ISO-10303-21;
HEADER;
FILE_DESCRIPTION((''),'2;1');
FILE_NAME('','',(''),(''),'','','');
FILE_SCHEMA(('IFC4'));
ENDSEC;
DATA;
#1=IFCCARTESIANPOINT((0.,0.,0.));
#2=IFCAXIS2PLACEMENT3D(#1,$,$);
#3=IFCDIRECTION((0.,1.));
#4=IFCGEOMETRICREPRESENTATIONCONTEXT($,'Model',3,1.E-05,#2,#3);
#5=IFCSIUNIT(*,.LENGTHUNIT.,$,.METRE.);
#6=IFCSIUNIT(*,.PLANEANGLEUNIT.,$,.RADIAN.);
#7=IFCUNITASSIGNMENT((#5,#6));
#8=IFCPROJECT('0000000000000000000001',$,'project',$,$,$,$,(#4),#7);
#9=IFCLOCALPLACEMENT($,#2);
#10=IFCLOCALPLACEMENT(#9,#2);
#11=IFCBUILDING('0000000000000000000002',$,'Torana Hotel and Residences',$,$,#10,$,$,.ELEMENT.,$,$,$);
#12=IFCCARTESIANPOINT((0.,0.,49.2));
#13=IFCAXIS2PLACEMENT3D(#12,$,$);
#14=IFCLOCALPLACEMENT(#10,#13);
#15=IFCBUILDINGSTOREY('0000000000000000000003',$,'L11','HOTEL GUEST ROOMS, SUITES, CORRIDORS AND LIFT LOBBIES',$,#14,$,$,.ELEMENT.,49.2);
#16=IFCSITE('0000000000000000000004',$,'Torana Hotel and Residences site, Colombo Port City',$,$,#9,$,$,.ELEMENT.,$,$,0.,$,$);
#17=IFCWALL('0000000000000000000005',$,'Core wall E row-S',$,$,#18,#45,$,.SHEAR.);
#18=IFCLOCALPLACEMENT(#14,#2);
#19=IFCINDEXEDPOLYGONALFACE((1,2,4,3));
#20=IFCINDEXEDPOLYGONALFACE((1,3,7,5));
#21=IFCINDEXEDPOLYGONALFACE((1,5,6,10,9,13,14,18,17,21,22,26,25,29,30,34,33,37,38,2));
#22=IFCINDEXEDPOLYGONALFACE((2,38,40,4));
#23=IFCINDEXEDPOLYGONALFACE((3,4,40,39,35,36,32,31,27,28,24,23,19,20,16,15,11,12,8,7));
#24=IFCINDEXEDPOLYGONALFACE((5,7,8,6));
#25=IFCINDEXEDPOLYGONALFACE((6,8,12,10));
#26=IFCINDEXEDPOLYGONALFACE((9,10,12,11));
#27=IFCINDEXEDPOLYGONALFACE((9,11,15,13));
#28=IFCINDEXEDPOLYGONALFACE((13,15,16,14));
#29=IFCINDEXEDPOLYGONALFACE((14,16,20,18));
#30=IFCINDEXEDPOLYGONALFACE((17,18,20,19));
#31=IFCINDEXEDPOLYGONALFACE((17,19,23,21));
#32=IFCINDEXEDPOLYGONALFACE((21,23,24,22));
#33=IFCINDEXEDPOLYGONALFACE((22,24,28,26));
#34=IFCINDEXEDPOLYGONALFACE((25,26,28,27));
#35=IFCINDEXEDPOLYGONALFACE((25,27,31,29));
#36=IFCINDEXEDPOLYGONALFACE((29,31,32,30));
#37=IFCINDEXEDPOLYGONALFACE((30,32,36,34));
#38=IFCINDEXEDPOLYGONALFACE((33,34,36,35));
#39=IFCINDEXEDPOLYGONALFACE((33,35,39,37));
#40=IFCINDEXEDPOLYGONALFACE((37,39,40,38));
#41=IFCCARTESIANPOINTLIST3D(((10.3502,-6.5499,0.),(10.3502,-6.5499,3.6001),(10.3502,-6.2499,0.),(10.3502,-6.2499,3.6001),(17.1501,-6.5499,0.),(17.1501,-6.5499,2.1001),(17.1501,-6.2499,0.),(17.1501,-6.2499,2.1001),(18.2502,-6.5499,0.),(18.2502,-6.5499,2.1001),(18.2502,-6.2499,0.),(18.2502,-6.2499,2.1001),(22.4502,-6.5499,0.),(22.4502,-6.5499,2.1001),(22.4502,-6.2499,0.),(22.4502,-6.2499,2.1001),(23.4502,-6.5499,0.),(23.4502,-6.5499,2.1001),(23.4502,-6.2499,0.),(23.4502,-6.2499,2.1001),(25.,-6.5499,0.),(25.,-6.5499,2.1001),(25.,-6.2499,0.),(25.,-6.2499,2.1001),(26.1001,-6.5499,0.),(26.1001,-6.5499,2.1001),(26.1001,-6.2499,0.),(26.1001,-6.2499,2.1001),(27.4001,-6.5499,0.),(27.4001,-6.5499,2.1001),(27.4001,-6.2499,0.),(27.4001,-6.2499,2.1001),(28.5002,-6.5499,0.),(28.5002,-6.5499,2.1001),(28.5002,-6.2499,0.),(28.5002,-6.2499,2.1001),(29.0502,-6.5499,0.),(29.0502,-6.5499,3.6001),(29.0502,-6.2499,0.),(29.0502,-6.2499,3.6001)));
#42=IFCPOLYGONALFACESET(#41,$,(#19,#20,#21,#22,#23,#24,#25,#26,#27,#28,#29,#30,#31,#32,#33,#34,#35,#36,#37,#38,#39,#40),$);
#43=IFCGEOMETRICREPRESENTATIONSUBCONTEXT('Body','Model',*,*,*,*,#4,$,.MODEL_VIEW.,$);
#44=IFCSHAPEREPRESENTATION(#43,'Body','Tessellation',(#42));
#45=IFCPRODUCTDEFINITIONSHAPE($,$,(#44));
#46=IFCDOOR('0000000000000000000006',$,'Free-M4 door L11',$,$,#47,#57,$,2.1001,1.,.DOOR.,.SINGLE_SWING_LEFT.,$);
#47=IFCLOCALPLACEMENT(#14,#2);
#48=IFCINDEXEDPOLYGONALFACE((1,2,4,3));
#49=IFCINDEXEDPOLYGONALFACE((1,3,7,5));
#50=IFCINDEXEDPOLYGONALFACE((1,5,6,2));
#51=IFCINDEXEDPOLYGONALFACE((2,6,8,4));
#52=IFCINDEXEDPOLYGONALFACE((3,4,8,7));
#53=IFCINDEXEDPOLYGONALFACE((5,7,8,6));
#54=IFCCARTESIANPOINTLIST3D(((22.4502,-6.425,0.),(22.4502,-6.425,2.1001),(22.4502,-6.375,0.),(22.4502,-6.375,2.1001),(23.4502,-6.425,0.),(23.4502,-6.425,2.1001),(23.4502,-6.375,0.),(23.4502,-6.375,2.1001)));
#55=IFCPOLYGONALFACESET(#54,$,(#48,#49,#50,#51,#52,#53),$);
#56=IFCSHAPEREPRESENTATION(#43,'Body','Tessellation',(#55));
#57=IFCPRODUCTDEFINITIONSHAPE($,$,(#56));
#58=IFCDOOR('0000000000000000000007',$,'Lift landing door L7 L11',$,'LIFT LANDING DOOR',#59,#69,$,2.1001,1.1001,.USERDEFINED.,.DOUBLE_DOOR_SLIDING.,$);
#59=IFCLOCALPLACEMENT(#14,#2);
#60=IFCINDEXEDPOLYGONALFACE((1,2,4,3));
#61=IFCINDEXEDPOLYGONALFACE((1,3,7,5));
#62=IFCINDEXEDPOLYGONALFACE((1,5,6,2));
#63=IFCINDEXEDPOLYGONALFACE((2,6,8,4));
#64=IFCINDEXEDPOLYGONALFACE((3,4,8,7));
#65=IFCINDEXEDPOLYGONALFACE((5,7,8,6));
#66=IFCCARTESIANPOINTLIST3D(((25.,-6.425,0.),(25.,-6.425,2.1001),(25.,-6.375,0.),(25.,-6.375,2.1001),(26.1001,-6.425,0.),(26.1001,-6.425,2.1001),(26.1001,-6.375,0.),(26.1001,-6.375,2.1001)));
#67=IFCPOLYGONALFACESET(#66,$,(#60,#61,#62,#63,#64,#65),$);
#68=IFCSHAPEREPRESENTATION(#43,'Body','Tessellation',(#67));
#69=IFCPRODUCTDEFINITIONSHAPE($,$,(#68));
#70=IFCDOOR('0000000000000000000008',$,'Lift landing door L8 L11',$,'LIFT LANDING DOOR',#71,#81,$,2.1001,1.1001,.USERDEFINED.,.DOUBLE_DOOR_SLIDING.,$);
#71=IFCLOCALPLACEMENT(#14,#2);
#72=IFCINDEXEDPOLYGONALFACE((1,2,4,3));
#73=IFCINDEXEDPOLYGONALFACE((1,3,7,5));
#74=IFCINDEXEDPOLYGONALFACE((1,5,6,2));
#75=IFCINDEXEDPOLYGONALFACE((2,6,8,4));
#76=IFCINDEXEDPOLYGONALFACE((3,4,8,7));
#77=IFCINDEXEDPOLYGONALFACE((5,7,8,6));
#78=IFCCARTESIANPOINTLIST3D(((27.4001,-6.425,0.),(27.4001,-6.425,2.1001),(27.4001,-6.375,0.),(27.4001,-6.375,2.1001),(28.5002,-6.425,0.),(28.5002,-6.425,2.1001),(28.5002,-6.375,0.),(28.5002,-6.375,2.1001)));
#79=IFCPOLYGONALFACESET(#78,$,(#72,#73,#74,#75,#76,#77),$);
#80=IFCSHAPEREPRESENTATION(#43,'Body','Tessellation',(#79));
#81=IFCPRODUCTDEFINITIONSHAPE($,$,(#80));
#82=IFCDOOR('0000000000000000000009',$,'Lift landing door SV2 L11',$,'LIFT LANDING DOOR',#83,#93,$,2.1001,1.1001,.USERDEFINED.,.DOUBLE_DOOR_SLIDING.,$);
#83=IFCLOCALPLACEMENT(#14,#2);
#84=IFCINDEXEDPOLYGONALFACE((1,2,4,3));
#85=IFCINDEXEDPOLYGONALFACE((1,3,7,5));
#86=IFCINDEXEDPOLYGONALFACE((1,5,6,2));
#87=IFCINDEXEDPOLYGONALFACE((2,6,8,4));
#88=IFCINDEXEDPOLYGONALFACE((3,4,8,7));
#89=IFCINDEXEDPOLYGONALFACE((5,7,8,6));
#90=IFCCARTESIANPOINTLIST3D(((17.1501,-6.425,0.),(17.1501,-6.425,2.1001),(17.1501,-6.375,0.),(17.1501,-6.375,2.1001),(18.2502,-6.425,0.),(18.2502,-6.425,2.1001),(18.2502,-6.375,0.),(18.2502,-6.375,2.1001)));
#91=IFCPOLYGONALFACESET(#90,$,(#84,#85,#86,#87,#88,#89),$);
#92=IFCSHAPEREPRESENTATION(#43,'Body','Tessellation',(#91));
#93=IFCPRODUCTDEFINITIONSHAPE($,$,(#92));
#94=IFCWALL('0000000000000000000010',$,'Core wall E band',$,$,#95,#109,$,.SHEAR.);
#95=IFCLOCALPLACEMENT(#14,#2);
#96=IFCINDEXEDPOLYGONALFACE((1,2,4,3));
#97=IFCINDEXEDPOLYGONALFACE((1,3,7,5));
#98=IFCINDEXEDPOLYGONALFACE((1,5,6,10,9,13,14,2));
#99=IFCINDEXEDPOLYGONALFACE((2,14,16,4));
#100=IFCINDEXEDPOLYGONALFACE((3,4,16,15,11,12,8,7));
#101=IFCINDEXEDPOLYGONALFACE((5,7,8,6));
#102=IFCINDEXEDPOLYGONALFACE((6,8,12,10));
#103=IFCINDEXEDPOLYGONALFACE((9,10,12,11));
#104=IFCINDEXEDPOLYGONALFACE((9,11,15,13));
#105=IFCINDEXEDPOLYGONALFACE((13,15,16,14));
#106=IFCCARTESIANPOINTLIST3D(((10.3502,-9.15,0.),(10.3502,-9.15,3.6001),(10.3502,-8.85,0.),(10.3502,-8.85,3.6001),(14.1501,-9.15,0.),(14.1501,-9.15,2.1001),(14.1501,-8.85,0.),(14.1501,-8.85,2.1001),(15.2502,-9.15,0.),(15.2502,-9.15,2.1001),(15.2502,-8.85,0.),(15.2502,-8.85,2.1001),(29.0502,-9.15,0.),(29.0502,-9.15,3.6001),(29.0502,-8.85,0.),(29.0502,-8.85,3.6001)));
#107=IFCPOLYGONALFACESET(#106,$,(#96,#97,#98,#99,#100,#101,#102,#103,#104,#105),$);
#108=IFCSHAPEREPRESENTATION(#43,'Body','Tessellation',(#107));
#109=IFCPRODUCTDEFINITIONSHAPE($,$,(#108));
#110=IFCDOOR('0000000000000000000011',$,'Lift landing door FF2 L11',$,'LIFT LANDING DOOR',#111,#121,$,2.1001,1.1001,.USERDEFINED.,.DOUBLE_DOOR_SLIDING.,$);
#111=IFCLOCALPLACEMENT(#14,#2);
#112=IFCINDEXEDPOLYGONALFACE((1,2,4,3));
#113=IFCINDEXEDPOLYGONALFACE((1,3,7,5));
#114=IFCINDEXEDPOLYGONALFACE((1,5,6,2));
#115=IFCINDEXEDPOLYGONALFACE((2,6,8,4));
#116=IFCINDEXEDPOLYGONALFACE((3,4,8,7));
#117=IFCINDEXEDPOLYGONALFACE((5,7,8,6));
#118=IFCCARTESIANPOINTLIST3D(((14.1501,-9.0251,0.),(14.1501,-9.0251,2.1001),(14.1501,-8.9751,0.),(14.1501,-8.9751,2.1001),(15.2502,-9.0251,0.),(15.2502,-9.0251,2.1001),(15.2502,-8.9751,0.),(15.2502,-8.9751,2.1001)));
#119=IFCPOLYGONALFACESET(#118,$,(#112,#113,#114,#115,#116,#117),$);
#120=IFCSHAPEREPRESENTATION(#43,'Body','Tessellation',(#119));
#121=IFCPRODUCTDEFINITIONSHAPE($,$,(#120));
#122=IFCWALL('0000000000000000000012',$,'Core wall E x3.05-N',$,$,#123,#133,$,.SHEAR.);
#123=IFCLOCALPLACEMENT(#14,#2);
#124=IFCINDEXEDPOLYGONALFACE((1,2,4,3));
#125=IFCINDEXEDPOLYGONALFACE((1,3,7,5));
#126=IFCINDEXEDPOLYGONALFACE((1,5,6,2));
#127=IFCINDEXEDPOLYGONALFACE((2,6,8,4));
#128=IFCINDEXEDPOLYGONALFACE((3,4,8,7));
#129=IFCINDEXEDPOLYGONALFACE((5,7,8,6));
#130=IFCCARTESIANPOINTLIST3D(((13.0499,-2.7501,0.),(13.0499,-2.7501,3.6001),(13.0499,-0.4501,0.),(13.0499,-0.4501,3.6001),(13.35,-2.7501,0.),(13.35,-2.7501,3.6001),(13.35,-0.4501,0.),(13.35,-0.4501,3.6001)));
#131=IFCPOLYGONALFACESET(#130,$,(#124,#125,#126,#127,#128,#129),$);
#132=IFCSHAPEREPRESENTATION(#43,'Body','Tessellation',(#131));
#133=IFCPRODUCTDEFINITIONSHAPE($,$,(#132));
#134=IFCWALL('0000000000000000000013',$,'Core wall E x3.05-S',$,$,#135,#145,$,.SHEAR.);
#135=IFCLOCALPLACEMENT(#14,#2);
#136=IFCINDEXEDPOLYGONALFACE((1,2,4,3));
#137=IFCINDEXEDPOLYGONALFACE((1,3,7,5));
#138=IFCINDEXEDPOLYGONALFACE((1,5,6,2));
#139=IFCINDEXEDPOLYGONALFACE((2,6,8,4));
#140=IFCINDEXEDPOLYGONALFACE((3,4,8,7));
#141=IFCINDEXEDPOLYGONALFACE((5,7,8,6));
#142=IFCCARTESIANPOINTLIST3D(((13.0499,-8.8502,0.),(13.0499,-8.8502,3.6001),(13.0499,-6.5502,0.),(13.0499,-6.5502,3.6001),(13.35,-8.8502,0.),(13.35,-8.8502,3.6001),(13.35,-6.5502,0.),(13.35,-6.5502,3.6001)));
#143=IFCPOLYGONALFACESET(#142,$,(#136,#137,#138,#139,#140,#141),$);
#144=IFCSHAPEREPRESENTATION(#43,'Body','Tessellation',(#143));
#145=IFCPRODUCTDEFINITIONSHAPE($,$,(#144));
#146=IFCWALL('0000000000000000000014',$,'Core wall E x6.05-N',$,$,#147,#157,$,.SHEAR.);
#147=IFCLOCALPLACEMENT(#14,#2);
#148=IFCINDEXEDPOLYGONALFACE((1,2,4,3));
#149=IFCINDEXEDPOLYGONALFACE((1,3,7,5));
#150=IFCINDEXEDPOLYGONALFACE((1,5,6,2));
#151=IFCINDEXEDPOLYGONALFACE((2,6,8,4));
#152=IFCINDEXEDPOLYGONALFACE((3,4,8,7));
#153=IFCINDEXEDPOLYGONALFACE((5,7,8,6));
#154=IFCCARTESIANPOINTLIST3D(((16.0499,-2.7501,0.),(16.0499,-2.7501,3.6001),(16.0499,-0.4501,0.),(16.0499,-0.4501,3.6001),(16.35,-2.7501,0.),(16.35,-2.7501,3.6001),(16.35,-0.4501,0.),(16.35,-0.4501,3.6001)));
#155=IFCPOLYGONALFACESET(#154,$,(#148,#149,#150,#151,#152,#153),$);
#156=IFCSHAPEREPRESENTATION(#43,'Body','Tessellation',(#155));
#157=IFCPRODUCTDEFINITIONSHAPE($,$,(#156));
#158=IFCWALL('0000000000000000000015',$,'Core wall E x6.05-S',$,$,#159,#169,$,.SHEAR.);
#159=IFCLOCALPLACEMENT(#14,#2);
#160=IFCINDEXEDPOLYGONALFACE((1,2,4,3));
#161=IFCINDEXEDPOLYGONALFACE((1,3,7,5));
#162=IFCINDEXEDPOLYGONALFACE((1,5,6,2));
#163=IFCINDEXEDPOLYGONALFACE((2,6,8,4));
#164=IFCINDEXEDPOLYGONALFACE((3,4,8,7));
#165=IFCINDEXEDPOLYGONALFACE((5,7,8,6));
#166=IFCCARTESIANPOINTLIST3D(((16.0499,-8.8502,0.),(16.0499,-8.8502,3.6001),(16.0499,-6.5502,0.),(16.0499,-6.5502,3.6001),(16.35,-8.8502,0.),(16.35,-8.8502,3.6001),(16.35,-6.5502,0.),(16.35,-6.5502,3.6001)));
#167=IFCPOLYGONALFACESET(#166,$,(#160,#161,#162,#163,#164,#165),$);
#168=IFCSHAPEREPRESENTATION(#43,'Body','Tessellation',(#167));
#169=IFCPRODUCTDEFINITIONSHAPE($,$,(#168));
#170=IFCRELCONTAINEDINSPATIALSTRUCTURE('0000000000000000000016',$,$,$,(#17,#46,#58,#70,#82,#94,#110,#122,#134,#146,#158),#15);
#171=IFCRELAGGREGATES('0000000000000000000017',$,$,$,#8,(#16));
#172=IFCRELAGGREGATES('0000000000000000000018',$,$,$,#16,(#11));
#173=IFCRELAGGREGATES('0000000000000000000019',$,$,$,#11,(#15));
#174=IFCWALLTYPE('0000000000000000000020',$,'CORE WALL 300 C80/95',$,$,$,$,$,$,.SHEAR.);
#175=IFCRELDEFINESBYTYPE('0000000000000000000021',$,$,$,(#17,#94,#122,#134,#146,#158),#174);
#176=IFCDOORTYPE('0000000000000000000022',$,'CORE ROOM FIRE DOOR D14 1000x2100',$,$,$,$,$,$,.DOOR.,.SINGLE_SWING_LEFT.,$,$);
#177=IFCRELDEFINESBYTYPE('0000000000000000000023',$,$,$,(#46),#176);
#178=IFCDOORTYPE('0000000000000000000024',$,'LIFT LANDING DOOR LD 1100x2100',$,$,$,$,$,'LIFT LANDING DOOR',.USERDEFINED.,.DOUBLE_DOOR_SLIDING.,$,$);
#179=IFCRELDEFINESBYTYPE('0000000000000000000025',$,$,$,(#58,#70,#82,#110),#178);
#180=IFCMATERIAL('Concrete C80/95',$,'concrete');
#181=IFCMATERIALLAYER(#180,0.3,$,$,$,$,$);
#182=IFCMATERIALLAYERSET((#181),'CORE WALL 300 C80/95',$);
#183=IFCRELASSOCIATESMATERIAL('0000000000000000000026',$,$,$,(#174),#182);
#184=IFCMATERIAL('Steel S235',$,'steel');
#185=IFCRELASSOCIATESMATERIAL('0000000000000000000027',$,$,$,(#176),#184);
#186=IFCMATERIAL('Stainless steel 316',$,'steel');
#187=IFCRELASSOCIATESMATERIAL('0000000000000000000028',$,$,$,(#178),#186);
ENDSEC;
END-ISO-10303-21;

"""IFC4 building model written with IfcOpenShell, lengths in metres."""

from ifc_helpers import new_model, si_unit, direction, frame, frame_2d, origin, place, context, subcontext, project, spatial, rectangle, extrude, material, layer, layer_set, type_object, element, fill, save


model = new_model("IFC4")

# Units and contexts
model_context = context("Model", 3, precision=1e-05, world=origin(), true_north=direction((0.0, 1.0)))
body_context = subcontext(model_context, "Body", "Model", "MODEL_VIEW")
ifc_project = project(units=[si_unit("LENGTHUNIT", "METRE"), si_unit("PLANEANGLEUNIT", "RADIAN")], contexts=[model_context])

# Site, building, storey
site_placement = place(None, origin())
site = spatial("IfcSite", under=ifc_project, at=site_placement, Name="Torana Hotel and Residences site, Colombo Port City", CompositionType="ELEMENT", RefElevation=0.0)
building_placement = place(site_placement, origin())
building = spatial("IfcBuilding", under=site, at=building_placement, Name="Torana Hotel and Residences", CompositionType="ELEMENT")
storey_placement = place(building_placement, frame((0.0, 0.0, 49.2)))
storey = spatial("IfcBuildingStorey", under=building, at=storey_placement, Name="L11", Description="HOTEL GUEST ROOMS, SUITES, CORRIDORS AND LIFT LOBBIES", CompositionType="ELEMENT", Elevation=49.2)

# Wall, openings, doors
ifc_material_1 = material(Name="Concrete C80/95", Category="concrete")
ifc_layer_1 = layer(ifc_material_1, 0.3)
ifc_layer_set_1 = layer_set([ifc_layer_1], Name="CORE WALL 300 C80/95")
wall_type_1 = type_object("IfcWallType", Name="CORE WALL 300 C80/95", PredefinedType="SHEAR", material=ifc_layer_set_1)
ifc_material_2 = material(Name="Steel S235", Category="steel")
door_type_1 = type_object("IfcDoorType", Name="CORE ROOM FIRE DOOR D14 1000x2100", OperationType="SINGLE_SWING_LEFT", PredefinedType="DOOR", material=ifc_material_2)
ifc_material_3 = material(Name="Stainless steel 316", Category="steel")
door_type_2 = type_object("IfcDoorType", Name="LIFT LANDING DOOR LD 1100x2100", ElementType="LIFT LANDING DOOR", OperationType="DOUBLE_DOOR_SLIDING", PredefinedType="USERDEFINED", material=ifc_material_3)
wall_1_placement = place(storey_placement, frame((10.3501, -6.3999, 0.0), z_axis=(0.0, 0.0, 1.0), x_axis=(1.0, 0.0, 0.0)))
wall_1 = element("IfcWall", 1, at=wall_1_placement, inside=storey, type_object=wall_type_1, Name="Core wall E row-S", PredefinedType="SHEAR", context=body_context, shape_type="SweptSolid", body=[
    extrude(rectangle(XDim=18.7, YDim=0.3, at=frame_2d((9.3501, 0.0))), origin(), (0.0, 0.0, 1.0), 3.6001),
])
opening_1_placement = place(wall_1_placement, frame((14.6499, 0.0, 0.0)))
opening_1 = element("IfcOpeningElement", 2, at=opening_1_placement, cuts=wall_1, PredefinedType="OPENING", context=body_context, shape_type="SweptSolid", body=[
    extrude(rectangle(XDim=1.1001, YDim=2.1001, at=frame_2d((0.55, 1.05))), frame((0.0, 0.1599, 0.0), z_axis=(0.0, -1.0, 0.0), x_axis=(1.0, 0.0, 0.0)), (0.0, 0.0, 1.0), 0.3201),
])
opening_2_placement = place(wall_1_placement, frame((17.05, 0.0, 0.0)))
opening_2 = element("IfcOpeningElement", 3, at=opening_2_placement, cuts=wall_1, PredefinedType="OPENING", context=body_context, shape_type="SweptSolid", body=[
    extrude(rectangle(XDim=1.1001, YDim=2.1001, at=frame_2d((0.55, 1.05))), frame((0.0, 0.1599, 0.0), z_axis=(0.0, -1.0, 0.0), x_axis=(1.0, 0.0, 0.0)), (0.0, 0.0, 1.0), 0.3201),
])
opening_3_placement = place(wall_1_placement, frame((6.8, 0.0, 0.0)))
opening_3 = element("IfcOpeningElement", 4, at=opening_3_placement, cuts=wall_1, PredefinedType="OPENING", context=body_context, shape_type="SweptSolid", body=[
    extrude(rectangle(XDim=1.1001, YDim=2.1001, at=frame_2d((0.55, 1.05))), frame((0.0, 0.1599, 0.0), z_axis=(0.0, -1.0, 0.0), x_axis=(1.0, 0.0, 0.0)), (0.0, 0.0, 1.0), 0.3201),
])
opening_4_placement = place(wall_1_placement, frame((12.1001, 0.0, 0.0)))
opening_4 = element("IfcOpeningElement", 5, at=opening_4_placement, cuts=wall_1, PredefinedType="OPENING", context=body_context, shape_type="SweptSolid", body=[
    extrude(rectangle(XDim=1.0, YDim=2.1001, at=frame_2d((0.5, 1.05))), frame((0.0, 0.1599, 0.0), z_axis=(0.0, -1.0, 0.0), x_axis=(1.0, 0.0, 0.0)), (0.0, 0.0, 1.0), 0.3201),
])
door_1_placement = place(opening_4_placement, frame((0.5, 0.0, 0.0), z_axis=(0.0, 0.0, 1.0), x_axis=(-1.0, 0.0, 0.0)))
door_1 = element("IfcDoor", 6, at=door_1_placement, inside=storey, type_object=door_type_1, Name="Free-M4 door L11", OperationType="SINGLE_SWING_LEFT", OverallHeight=2.1001, OverallWidth=1.0, PredefinedType="DOOR", context=body_context, shape_type="SweptSolid", body=[
    extrude(rectangle(XDim=1.0, YDim=2.1001, at=frame_2d((0.0, 1.05))), frame((0.0, -0.0249, 0.0), z_axis=(0.0, 1.0, 0.0), x_axis=(-1.0, 0.0, 0.0)), (0.0, 0.0, 1.0), 0.05),
])
fill(opening_4, door_1)
door_2_placement = place(opening_1_placement, origin())
door_2 = element("IfcDoor", 7, at=door_2_placement, inside=storey, type_object=door_type_2, Name="Lift landing door L7 L11", ObjectType="LIFT LANDING DOOR", OperationType="DOUBLE_DOOR_SLIDING", OverallHeight=2.1001, OverallWidth=1.1001, PredefinedType="USERDEFINED", context=body_context, shape_type="SweptSolid", body=[
    extrude(rectangle(XDim=1.1001, YDim=2.1001, at=frame_2d((0.55, 1.05))), frame((0.0, 0.0249, 0.0), z_axis=(0.0, -1.0, 0.0), x_axis=(1.0, 0.0, 0.0)), (0.0, 0.0, 1.0), 0.05),
])
fill(opening_1, door_2)
door_3_placement = place(opening_2_placement, origin())
door_3 = element("IfcDoor", 8, at=door_3_placement, inside=storey, type_object=door_type_2, Name="Lift landing door L8 L11", ObjectType="LIFT LANDING DOOR", OperationType="DOUBLE_DOOR_SLIDING", OverallHeight=2.1001, OverallWidth=1.1001, PredefinedType="USERDEFINED", context=body_context, shape_type="SweptSolid", body=[
    extrude(rectangle(XDim=1.1001, YDim=2.1001, at=frame_2d((0.55, 1.05))), frame((0.0, 0.0249, 0.0), z_axis=(0.0, -1.0, 0.0), x_axis=(1.0, 0.0, 0.0)), (0.0, 0.0, 1.0), 0.05),
])
fill(opening_2, door_3)
door_4_placement = place(opening_3_placement, origin())
door_4 = element("IfcDoor", 9, at=door_4_placement, inside=storey, type_object=door_type_2, Name="Lift landing door SV2 L11", ObjectType="LIFT LANDING DOOR", OperationType="DOUBLE_DOOR_SLIDING", OverallHeight=2.1001, OverallWidth=1.1001, PredefinedType="USERDEFINED", context=body_context, shape_type="SweptSolid", body=[
    extrude(rectangle(XDim=1.1001, YDim=2.1001, at=frame_2d((0.55, 1.05))), frame((0.0, 0.0249, 0.0), z_axis=(0.0, -1.0, 0.0), x_axis=(1.0, 0.0, 0.0)), (0.0, 0.0, 1.0), 0.05),
])
fill(opening_3, door_4)

# Wall, opening, door
wall_2_placement = place(storey_placement, frame((10.3501, -9.0, 0.0), z_axis=(0.0, 0.0, 1.0), x_axis=(1.0, 0.0, 0.0)))
wall_2 = element("IfcWall", 10, at=wall_2_placement, inside=storey, type_object=wall_type_1, Name="Core wall E band", PredefinedType="SHEAR", context=body_context, shape_type="SweptSolid", body=[
    extrude(rectangle(XDim=18.7, YDim=0.3, at=frame_2d((9.3501, 0.0))), origin(), (0.0, 0.0, 1.0), 3.6001),
])
opening_5_placement = place(wall_2_placement, frame((3.8, 0.0, 0.0)))
opening_5 = element("IfcOpeningElement", 11, at=opening_5_placement, cuts=wall_2, PredefinedType="OPENING", context=body_context, shape_type="SweptSolid", body=[
    extrude(rectangle(XDim=1.1001, YDim=2.1001, at=frame_2d((0.55, 1.05))), frame((0.0, 0.1599, 0.0), z_axis=(0.0, -1.0, 0.0), x_axis=(1.0, 0.0, 0.0)), (0.0, 0.0, 1.0), 0.3201),
])
door_5_placement = place(opening_5_placement, origin())
door_5 = element("IfcDoor", 12, at=door_5_placement, inside=storey, type_object=door_type_2, Name="Lift landing door FF2 L11", ObjectType="LIFT LANDING DOOR", OperationType="DOUBLE_DOOR_SLIDING", OverallHeight=2.1001, OverallWidth=1.1001, PredefinedType="USERDEFINED", context=body_context, shape_type="SweptSolid", body=[
    extrude(rectangle(XDim=1.1001, YDim=2.1001, at=frame_2d((0.55, 1.05))), frame((0.0, 0.0249, 0.0), z_axis=(0.0, -1.0, 0.0), x_axis=(1.0, 0.0, 0.0)), (0.0, 0.0, 1.0), 0.05),
])
fill(opening_5, door_5)

# Walls
for number, where, z_axis, x_axis, name in (
    (13, (13.2, -2.75, 0.0), (0.0, 0.0, 1.0), (0.0, 1.0, 0.0), "Core wall E x3.05-N"),
    (14, (13.2, -8.8501, 0.0), (0.0, 0.0, 1.0), (0.0, 1.0, 0.0), "Core wall E x3.05-S"),
    (15, (16.2, -2.75, 0.0), (0.0, 0.0, 1.0), (0.0, 1.0, 0.0), "Core wall E x6.05-N"),
    (16, (16.2, -8.8501, 0.0), (0.0, 0.0, 1.0), (0.0, 1.0, 0.0), "Core wall E x6.05-S"),
):
    element("IfcWall", number, at=place(storey_placement, frame(where, z_axis=z_axis, x_axis=x_axis)), inside=storey, type_object=wall_type_1, Name=name, PredefinedType="SHEAR", context=body_context, shape_type="SweptSolid", body=[
        extrude(rectangle(XDim=2.3, YDim=0.3, at=frame_2d((1.1499, 0.0))), origin(), (0.0, 0.0, 1.0), 3.6001),
    ])

save(model, "model.ifc")
